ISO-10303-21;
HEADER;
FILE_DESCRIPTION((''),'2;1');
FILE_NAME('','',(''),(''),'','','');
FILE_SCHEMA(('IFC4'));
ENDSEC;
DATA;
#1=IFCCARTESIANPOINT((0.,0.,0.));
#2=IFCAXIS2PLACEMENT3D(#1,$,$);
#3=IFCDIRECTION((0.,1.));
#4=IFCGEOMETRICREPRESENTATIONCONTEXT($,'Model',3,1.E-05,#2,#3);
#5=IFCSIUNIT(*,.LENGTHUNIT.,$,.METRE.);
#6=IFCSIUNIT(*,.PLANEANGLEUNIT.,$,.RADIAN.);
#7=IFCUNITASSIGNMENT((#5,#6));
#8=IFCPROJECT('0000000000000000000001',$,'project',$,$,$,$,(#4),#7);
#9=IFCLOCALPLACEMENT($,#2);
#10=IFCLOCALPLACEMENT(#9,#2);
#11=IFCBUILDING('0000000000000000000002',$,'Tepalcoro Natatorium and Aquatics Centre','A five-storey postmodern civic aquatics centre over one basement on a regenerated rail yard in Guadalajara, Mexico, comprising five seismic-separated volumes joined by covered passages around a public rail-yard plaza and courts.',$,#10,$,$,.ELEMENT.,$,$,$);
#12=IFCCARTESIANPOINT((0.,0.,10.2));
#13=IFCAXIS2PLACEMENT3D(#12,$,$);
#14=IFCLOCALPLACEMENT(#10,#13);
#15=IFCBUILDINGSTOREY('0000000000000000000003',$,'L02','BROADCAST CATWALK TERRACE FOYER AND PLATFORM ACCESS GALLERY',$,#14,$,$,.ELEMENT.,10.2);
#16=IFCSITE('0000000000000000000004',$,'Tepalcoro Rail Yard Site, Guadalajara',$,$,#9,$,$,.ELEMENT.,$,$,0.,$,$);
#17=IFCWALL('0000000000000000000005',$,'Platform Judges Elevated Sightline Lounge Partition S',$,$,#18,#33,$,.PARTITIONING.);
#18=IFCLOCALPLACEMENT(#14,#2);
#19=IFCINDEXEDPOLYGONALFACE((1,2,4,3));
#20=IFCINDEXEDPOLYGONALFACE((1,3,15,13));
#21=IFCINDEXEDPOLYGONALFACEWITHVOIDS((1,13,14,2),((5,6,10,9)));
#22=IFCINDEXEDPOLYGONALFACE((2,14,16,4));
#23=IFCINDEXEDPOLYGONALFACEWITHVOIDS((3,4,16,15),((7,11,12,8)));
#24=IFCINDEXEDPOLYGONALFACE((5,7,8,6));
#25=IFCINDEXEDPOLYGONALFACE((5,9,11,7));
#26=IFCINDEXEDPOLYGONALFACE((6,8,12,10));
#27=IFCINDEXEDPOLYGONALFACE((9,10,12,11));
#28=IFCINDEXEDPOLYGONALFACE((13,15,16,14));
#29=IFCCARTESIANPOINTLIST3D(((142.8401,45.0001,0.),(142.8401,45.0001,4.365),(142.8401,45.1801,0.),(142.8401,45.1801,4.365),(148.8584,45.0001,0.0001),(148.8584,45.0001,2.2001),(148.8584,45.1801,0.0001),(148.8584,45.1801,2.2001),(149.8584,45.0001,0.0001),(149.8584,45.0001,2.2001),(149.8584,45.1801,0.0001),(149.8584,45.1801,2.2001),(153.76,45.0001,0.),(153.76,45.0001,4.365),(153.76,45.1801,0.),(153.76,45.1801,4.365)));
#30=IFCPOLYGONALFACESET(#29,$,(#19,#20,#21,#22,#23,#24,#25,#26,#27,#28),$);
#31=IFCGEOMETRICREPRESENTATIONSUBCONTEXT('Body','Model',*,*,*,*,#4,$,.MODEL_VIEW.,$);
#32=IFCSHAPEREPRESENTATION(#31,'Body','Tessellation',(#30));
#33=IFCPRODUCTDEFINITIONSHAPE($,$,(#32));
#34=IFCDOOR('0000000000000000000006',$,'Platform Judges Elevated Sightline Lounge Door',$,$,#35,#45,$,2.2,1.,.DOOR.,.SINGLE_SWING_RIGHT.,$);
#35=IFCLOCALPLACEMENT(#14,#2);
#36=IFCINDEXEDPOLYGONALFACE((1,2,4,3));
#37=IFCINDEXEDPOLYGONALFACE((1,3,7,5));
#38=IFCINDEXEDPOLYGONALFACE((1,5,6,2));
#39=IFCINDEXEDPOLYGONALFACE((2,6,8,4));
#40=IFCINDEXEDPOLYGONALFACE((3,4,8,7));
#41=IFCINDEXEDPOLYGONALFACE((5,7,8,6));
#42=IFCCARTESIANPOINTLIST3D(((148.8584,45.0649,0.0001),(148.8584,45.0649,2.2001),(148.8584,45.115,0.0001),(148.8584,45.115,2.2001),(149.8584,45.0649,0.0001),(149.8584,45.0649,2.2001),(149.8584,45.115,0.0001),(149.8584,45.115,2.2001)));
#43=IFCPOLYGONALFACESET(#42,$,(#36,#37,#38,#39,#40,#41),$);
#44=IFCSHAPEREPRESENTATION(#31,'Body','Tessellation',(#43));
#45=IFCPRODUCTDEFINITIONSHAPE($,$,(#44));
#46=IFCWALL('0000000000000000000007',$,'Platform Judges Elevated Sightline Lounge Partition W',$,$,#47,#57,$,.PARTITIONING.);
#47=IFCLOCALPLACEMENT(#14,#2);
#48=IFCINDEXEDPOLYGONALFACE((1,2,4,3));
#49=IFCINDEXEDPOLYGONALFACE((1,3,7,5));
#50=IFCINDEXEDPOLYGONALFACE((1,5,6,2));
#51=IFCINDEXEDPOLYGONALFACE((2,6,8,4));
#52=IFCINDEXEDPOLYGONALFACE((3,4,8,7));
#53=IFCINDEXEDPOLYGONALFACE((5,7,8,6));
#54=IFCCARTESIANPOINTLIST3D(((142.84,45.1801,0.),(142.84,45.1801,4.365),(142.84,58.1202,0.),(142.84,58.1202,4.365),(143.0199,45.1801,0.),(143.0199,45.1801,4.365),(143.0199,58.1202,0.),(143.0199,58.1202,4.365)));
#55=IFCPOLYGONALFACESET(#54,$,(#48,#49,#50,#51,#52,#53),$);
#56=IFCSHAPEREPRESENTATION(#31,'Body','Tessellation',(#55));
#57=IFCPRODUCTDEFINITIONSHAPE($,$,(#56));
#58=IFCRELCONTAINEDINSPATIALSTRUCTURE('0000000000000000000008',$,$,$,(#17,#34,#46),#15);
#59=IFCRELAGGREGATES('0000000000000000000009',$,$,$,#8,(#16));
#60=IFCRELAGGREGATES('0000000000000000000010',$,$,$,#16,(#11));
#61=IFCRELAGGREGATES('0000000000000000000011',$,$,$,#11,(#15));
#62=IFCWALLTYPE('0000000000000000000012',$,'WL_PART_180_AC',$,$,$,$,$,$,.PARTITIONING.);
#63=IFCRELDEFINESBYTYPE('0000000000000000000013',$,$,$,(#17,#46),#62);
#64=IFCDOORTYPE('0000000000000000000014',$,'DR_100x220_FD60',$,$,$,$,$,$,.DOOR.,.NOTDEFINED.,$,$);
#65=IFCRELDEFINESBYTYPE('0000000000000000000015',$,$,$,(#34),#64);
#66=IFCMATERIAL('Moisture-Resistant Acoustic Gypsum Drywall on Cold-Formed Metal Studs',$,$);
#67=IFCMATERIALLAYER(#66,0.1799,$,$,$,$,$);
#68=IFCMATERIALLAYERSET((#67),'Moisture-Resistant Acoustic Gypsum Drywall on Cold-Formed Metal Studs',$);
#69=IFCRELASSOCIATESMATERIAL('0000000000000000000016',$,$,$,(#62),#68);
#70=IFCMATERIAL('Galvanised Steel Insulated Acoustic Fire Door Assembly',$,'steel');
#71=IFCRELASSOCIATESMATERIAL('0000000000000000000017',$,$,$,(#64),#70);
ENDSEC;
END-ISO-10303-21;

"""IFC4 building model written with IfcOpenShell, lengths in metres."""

from ifc_helpers import new_model, si_unit, direction, frame, frame_2d, origin, place, context, subcontext, project, spatial, rectangle, extrude, material, layer, layer_set, type_object, element, fill, save


model = new_model("IFC4")

# Units and contexts
model_context = context("Model", 3, precision=1e-05, world=origin(), true_north=direction((0.0, 1.0)))
body_context = subcontext(model_context, "Body", "Model", "MODEL_VIEW")
ifc_project = project(units=[si_unit("LENGTHUNIT", "METRE"), si_unit("PLANEANGLEUNIT", "RADIAN")], contexts=[model_context])

# Site, building, storey
site_placement = place(None, origin())
site = spatial("IfcSite", under=ifc_project, at=site_placement, Name="Tepalcoro Rail Yard Site, Guadalajara", CompositionType="ELEMENT", RefElevation=0.0)
building_placement = place(site_placement, origin())
building = spatial("IfcBuilding", under=site, at=building_placement, Name="Tepalcoro Natatorium and Aquatics Centre", Description="A five-storey postmodern civic aquatics centre over one basement on a regenerated rail yard in Guadalajara, Mexico, comprising five seismic-separated volumes joined by covered passages around a public rail-yard plaza and courts.", CompositionType="ELEMENT")
storey_placement = place(building_placement, frame((0.0, 0.0, 10.2)))
storey = spatial("IfcBuildingStorey", under=building, at=storey_placement, Name="L02", Description="BROADCAST CATWALK TERRACE FOYER AND PLATFORM ACCESS GALLERY", CompositionType="ELEMENT", Elevation=10.2)

# Shared definitions
ifc_material_1 = material(Name="Moisture-Resistant Acoustic Gypsum Drywall on Cold-Formed Metal Studs")

# Wall, opening, door
ifc_layer_1 = layer(ifc_material_1, 0.1799)
ifc_layer_set_1 = layer_set([ifc_layer_1], Name="Moisture-Resistant Acoustic Gypsum Drywall on Cold-Formed Metal Studs")
wall_type_1 = type_object("IfcWallType", Name="WL_PART_180_AC", PredefinedType="PARTITIONING", material=ifc_layer_set_1)
wall_1_placement = place(storey_placement, frame((142.8401, 45.0901, 0.0), z_axis=(0.0, 0.0, 1.0), x_axis=(1.0, 0.0, 0.0)))
wall_1 = element("IfcWall", 1, at=wall_1_placement, inside=storey, type_object=wall_type_1, Name="Platform Judges Elevated Sightline Lounge Partition S", PredefinedType="PARTITIONING", context=body_context, shape_type="SweptSolid", body=[
    extrude(rectangle(XDim=10.9199, YDim=0.1799, at=frame_2d((5.46, 0.0))), origin(), (0.0, 0.0, 1.0), 4.365),
])
opening_1_placement = place(wall_1_placement, frame((6.0183, 0.0, 0.0)))
opening_1 = element("IfcOpeningElement", 2, at=opening_1_placement, cuts=wall_1, PredefinedType="OPENING", context=body_context, shape_type="SweptSolid", body=[
    extrude(rectangle(XDim=1.0, YDim=2.2, at=frame_2d((0.5, 1.1001))), frame((0.0, 0.1021, 0.0), z_axis=(0.0, -1.0, 0.0), x_axis=(1.0, 0.0, 0.0)), (0.0, 0.0, 1.0), 0.2039),
])
ifc_material_2 = material(Name="Galvanised Steel Insulated Acoustic Fire Door Assembly", Category="steel")
door_type_1 = type_object("IfcDoorType", Name="DR_100x220_FD60", OperationType="NOTDEFINED", PredefinedType="DOOR", material=ifc_material_2)
door_1_placement = place(opening_1_placement, origin())
door_1 = element("IfcDoor", 3, at=door_1_placement, inside=storey, type_object=door_type_1, Name="Platform Judges Elevated Sightline Lounge Door", OperationType="SINGLE_SWING_RIGHT", OverallHeight=2.2, OverallWidth=1.0, PredefinedType="DOOR", context=body_context, shape_type="SweptSolid", body=[
    extrude(rectangle(XDim=1.0, YDim=2.2, at=frame_2d((0.5, 1.1001))), frame((0.0, 0.0249, 0.0), z_axis=(0.0, -1.0, 0.0), x_axis=(1.0, 0.0, 0.0)), (0.0, 0.0, 1.0), 0.05),
])
fill(opening_1, door_1)

# Wall
wall_2_placement = place(storey_placement, frame((142.9299, 45.1799, 0.0), z_axis=(0.0, 0.0, 1.0), x_axis=(0.0, 1.0, 0.0)))
element("IfcWall", 4, at=wall_2_placement, inside=storey, type_object=wall_type_1, Name="Platform Judges Elevated Sightline Lounge Partition W", PredefinedType="PARTITIONING", context=body_context, shape_type="SweptSolid", body=[
    extrude(rectangle(XDim=12.9402, YDim=0.1799, at=frame_2d((6.4702, 0.0))), origin(), (0.0, 0.0, 1.0), 4.365),
])

save(model, "model.ifc")
